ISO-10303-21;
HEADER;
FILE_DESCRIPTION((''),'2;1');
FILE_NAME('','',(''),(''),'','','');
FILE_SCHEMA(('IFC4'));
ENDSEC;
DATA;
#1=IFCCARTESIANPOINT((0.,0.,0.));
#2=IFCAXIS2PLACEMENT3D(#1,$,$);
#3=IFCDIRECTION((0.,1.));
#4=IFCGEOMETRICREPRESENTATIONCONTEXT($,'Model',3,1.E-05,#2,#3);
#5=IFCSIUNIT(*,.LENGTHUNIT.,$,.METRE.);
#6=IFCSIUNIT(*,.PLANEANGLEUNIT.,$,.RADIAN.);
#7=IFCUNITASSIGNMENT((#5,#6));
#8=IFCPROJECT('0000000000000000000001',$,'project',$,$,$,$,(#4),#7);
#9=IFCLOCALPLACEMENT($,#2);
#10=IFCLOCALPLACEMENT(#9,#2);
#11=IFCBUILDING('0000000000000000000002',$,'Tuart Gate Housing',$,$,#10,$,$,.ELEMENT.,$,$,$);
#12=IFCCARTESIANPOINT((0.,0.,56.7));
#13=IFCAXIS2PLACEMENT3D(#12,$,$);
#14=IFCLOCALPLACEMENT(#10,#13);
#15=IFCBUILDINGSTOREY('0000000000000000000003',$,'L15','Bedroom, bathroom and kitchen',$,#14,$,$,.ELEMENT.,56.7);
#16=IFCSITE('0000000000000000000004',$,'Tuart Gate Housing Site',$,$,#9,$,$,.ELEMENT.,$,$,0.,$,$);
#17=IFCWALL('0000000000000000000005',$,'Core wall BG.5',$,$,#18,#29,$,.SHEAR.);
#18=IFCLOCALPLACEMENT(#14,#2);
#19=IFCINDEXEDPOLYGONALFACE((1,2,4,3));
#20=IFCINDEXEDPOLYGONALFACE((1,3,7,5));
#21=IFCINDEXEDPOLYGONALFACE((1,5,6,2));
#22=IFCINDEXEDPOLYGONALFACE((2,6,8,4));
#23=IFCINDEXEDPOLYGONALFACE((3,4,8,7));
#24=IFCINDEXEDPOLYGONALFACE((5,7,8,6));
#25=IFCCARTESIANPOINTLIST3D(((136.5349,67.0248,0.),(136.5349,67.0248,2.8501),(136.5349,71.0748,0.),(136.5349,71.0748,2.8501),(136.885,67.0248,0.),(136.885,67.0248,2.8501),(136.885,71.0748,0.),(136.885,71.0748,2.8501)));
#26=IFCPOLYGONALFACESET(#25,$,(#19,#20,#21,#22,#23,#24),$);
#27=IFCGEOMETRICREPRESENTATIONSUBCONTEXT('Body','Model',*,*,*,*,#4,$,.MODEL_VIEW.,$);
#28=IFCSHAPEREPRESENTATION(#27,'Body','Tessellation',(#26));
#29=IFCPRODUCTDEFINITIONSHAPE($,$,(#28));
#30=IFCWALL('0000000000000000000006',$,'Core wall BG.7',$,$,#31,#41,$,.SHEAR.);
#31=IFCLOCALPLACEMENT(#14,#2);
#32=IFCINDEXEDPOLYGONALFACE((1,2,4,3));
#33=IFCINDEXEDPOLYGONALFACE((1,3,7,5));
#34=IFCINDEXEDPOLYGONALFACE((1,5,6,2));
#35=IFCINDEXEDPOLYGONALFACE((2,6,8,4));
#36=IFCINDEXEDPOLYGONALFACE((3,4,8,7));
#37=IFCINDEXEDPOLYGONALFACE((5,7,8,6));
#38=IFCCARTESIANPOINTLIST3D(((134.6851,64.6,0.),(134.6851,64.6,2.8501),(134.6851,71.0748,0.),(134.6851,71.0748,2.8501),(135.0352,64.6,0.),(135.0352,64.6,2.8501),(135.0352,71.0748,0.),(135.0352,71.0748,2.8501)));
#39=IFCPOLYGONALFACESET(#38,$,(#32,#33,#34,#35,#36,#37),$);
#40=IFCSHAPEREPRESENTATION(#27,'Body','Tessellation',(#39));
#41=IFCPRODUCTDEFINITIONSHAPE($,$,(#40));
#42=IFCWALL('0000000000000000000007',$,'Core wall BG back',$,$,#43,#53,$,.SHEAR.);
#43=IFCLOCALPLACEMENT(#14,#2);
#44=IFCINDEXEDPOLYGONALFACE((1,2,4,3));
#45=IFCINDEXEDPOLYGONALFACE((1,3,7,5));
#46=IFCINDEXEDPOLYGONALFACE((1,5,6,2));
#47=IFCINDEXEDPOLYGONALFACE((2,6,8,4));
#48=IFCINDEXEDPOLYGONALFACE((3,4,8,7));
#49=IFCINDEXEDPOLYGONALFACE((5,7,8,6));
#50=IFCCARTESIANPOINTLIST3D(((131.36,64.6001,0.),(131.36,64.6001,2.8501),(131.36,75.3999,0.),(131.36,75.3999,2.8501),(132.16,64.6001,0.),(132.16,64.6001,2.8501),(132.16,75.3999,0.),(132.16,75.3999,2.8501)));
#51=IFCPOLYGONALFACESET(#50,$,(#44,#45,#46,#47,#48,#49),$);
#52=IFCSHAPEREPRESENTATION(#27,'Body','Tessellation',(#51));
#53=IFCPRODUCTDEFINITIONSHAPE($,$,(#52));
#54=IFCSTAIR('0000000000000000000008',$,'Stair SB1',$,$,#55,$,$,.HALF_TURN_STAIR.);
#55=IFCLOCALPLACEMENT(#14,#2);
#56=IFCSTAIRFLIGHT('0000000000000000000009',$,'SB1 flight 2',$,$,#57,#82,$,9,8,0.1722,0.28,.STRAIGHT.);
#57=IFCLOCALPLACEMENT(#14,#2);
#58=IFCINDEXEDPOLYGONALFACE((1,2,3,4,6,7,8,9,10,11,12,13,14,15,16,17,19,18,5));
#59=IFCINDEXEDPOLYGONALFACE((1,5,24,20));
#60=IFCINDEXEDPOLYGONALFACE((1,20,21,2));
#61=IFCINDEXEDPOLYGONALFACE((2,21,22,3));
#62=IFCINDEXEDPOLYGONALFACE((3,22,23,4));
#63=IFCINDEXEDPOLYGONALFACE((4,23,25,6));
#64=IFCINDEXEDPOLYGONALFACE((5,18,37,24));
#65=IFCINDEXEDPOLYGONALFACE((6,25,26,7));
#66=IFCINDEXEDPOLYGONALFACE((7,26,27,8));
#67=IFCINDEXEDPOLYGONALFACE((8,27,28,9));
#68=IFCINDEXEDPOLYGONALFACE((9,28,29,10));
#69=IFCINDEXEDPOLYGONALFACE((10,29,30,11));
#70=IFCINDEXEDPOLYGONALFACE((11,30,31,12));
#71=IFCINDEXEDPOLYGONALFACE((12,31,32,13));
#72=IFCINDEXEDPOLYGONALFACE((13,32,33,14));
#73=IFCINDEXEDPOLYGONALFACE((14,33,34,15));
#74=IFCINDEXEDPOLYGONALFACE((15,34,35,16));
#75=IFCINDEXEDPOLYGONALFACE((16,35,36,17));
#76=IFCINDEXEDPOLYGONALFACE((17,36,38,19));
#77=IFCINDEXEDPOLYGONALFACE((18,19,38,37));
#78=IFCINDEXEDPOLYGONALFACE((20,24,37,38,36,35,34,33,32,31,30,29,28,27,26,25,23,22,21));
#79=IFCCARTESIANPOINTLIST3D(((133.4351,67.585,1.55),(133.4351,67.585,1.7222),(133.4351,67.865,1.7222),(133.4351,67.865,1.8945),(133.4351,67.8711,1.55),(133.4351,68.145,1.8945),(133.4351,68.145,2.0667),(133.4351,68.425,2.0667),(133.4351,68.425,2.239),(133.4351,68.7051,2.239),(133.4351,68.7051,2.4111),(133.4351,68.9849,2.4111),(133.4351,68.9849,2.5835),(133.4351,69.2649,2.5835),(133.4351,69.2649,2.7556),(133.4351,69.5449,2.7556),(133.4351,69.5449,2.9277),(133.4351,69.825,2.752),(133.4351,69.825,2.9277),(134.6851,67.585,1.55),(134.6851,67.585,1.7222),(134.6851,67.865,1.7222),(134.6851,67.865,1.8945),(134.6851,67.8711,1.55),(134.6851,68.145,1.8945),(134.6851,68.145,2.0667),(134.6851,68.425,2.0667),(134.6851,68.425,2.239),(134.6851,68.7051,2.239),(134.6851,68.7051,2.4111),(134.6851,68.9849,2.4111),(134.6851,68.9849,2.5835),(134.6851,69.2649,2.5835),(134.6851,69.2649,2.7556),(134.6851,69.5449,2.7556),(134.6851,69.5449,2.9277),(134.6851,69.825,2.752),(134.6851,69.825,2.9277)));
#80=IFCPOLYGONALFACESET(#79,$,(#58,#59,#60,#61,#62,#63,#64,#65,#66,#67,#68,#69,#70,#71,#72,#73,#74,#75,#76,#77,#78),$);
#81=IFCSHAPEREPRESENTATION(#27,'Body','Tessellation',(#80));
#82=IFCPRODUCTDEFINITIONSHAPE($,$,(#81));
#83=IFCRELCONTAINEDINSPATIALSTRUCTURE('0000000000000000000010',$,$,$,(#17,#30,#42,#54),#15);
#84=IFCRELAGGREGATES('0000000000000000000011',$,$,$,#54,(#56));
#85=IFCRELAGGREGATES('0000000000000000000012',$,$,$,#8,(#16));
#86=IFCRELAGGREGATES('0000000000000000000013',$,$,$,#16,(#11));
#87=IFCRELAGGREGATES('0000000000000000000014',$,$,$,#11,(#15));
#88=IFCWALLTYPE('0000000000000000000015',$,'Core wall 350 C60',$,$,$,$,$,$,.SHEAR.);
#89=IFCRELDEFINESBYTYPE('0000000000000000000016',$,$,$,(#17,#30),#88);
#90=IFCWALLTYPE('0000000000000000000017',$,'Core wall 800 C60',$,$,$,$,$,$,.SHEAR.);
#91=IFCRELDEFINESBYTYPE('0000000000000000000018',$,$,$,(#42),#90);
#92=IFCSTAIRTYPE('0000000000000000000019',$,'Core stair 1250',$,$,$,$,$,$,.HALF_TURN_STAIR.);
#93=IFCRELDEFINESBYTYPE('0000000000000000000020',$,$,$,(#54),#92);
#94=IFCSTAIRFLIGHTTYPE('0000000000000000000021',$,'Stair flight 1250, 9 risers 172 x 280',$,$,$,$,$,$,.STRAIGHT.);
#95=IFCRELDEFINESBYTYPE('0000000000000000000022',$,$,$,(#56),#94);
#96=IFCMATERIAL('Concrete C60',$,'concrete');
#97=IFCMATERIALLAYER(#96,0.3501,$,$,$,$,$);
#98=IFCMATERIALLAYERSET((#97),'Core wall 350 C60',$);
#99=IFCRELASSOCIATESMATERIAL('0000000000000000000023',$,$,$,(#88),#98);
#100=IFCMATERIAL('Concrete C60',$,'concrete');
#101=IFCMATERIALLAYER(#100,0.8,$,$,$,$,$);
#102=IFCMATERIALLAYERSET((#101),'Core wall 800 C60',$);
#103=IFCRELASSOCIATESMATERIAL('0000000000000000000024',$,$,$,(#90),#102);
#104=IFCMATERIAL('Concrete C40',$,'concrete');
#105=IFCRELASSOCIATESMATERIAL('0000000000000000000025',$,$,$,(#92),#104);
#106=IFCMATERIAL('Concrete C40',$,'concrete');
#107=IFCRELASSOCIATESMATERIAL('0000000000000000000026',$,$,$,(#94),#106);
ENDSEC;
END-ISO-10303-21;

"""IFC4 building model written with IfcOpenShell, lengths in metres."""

from ifc_helpers import new_model, si_unit, direction, frame, frame_2d, origin, place, context, subcontext, project, spatial, polyline, rectangle, outline, extrude, material, layer, layer_set, type_object, element, aggregate, save


model = new_model("IFC4")

# Units and contexts
model_context = context("Model", 3, precision=1e-05, world=origin(), true_north=direction((0.0, 1.0)))
body_context = subcontext(model_context, "Body", "Model", "MODEL_VIEW")
ifc_project = project(units=[si_unit("LENGTHUNIT", "METRE"), si_unit("PLANEANGLEUNIT", "RADIAN")], contexts=[model_context])

# Site, building, storey
site_placement = place(None, origin())
site = spatial("IfcSite", under=ifc_project, at=site_placement, Name="Tuart Gate Housing Site", CompositionType="ELEMENT", RefElevation=0.0)
building_placement = place(site_placement, origin())
building = spatial("IfcBuilding", under=site, at=building_placement, Name="Tuart Gate Housing", CompositionType="ELEMENT")
storey_placement = place(building_placement, frame((0.0, 0.0, 56.7)))
storey = spatial("IfcBuildingStorey", under=building, at=storey_placement, Name="L15", Description="Bedroom, bathroom and kitchen", CompositionType="ELEMENT", Elevation=56.7)

# Walls
ifc_material_1 = material(Name="Concrete C60", Category="concrete")
ifc_layer_1 = layer(ifc_material_1, 0.3501)
ifc_layer_set_1 = layer_set([ifc_layer_1], Name="Core wall 350 C60")
wall_type_1 = type_object("IfcWallType", Name="Core wall 350 C60", PredefinedType="SHEAR", material=ifc_layer_set_1)
wall_1_placement = place(storey_placement, frame((136.71, 67.0249, 0.0), z_axis=(0.0, 0.0, 1.0), x_axis=(0.0, 1.0, 0.0)))
element("IfcWall", 1, at=wall_1_placement, inside=storey, type_object=wall_type_1, Name="Core wall BG.5", PredefinedType="SHEAR", context=body_context, shape_type="SweptSolid", body=[
    extrude(rectangle(XDim=4.05, YDim=0.3501, at=frame_2d((2.0249, 0.0))), origin(), (0.0, 0.0, 1.0), 2.8501),
])
wall_2_placement = place(storey_placement, frame((134.8601, 64.6001, 0.0), z_axis=(0.0, 0.0, 1.0), x_axis=(0.0, 1.0, 0.0)))
element("IfcWall", 2, at=wall_2_placement, inside=storey, type_object=wall_type_1, Name="Core wall BG.7", PredefinedType="SHEAR", context=body_context, shape_type="SweptSolid", body=[
    extrude(rectangle(XDim=6.4749, YDim=0.3501, at=frame_2d((3.2373, 0.0))), origin(), (0.0, 0.0, 1.0), 2.8501),
])
ifc_material_2 = material(Name="Concrete C60", Category="concrete")
ifc_layer_2 = layer(ifc_material_2, 0.8)
ifc_layer_set_2 = layer_set([ifc_layer_2], Name="Core wall 800 C60")
wall_type_2 = type_object("IfcWallType", Name="Core wall 800 C60", PredefinedType="SHEAR", material=ifc_layer_set_2)
wall_3_placement = place(storey_placement, frame((131.76, 64.6001, 0.0), z_axis=(0.0, 0.0, 1.0), x_axis=(0.0, 1.0, 0.0)))
element("IfcWall", 3, at=wall_3_placement, inside=storey, type_object=wall_type_2, Name="Core wall BG back", PredefinedType="SHEAR", context=body_context, shape_type="SweptSolid", body=[
    extrude(rectangle(XDim=10.7998, YDim=0.8, at=frame_2d((5.3999, 0.0))), origin(), (0.0, 0.0, 1.0), 2.8501),
])

# Stair, stair flight
ifc_material_3 = material(Name="Concrete C40", Category="concrete")
stair_type = type_object("IfcStairType", Name="Core stair 1250", PredefinedType="HALF_TURN_STAIR", material=ifc_material_3)
stair_placement = place(storey_placement, origin())
stair = element("IfcStair", 4, at=stair_placement, inside=storey, type_object=stair_type, Name="Stair SB1", PredefinedType="HALF_TURN_STAIR")
ifc_material_4 = material(Name="Concrete C40", Category="concrete")
stair_flight_type = type_object("IfcStairFlightType", Name="Stair flight 1250, 9 risers 172 x 280", PredefinedType="STRAIGHT", material=ifc_material_4)
stair_flight_placement = place(storey_placement, frame((134.0601, 67.585, 1.55), z_axis=(0.0, 0.0, 1.0), x_axis=(0.0, 1.0, 0.0)))
stair_flight = element("IfcStairFlight", 5, at=stair_flight_placement, type_object=stair_flight_type, Name="SB1 flight 2", NumberOfRisers=9, NumberOfTreads=8, PredefinedType="STRAIGHT", RiserHeight=0.1722, TreadLength=0.28, context=body_context, shape_type="SweptSolid", body=[
    extrude(outline(polyline([(0.0, 0.0), (0.0, 0.1721), (0.28, 0.1721), (0.28, 0.3445), (0.5601, 0.3445), (0.5601, 0.5166), (0.8401, 0.5166), (0.8401, 0.689), (1.1201, 0.689), (1.1201, 0.8611), (1.3999, 0.8611), (1.3999, 1.0334), (1.6799, 1.0334), (1.6799, 1.2056), (1.96, 1.2056), (1.96, 1.3777), (2.24, 1.3777), (2.24, 1.55), (2.24, 1.2019), (0.2861, 0.0), (0.0, 0.0)])), frame((0.0, 0.625, 0.0), z_axis=(0.0, -1.0, 0.0), x_axis=(1.0, 0.0, 0.0)), (0.0, 0.0, 1.0), 1.25),
])
aggregate(stair, [stair_flight])

save(model, "model.ifc")
